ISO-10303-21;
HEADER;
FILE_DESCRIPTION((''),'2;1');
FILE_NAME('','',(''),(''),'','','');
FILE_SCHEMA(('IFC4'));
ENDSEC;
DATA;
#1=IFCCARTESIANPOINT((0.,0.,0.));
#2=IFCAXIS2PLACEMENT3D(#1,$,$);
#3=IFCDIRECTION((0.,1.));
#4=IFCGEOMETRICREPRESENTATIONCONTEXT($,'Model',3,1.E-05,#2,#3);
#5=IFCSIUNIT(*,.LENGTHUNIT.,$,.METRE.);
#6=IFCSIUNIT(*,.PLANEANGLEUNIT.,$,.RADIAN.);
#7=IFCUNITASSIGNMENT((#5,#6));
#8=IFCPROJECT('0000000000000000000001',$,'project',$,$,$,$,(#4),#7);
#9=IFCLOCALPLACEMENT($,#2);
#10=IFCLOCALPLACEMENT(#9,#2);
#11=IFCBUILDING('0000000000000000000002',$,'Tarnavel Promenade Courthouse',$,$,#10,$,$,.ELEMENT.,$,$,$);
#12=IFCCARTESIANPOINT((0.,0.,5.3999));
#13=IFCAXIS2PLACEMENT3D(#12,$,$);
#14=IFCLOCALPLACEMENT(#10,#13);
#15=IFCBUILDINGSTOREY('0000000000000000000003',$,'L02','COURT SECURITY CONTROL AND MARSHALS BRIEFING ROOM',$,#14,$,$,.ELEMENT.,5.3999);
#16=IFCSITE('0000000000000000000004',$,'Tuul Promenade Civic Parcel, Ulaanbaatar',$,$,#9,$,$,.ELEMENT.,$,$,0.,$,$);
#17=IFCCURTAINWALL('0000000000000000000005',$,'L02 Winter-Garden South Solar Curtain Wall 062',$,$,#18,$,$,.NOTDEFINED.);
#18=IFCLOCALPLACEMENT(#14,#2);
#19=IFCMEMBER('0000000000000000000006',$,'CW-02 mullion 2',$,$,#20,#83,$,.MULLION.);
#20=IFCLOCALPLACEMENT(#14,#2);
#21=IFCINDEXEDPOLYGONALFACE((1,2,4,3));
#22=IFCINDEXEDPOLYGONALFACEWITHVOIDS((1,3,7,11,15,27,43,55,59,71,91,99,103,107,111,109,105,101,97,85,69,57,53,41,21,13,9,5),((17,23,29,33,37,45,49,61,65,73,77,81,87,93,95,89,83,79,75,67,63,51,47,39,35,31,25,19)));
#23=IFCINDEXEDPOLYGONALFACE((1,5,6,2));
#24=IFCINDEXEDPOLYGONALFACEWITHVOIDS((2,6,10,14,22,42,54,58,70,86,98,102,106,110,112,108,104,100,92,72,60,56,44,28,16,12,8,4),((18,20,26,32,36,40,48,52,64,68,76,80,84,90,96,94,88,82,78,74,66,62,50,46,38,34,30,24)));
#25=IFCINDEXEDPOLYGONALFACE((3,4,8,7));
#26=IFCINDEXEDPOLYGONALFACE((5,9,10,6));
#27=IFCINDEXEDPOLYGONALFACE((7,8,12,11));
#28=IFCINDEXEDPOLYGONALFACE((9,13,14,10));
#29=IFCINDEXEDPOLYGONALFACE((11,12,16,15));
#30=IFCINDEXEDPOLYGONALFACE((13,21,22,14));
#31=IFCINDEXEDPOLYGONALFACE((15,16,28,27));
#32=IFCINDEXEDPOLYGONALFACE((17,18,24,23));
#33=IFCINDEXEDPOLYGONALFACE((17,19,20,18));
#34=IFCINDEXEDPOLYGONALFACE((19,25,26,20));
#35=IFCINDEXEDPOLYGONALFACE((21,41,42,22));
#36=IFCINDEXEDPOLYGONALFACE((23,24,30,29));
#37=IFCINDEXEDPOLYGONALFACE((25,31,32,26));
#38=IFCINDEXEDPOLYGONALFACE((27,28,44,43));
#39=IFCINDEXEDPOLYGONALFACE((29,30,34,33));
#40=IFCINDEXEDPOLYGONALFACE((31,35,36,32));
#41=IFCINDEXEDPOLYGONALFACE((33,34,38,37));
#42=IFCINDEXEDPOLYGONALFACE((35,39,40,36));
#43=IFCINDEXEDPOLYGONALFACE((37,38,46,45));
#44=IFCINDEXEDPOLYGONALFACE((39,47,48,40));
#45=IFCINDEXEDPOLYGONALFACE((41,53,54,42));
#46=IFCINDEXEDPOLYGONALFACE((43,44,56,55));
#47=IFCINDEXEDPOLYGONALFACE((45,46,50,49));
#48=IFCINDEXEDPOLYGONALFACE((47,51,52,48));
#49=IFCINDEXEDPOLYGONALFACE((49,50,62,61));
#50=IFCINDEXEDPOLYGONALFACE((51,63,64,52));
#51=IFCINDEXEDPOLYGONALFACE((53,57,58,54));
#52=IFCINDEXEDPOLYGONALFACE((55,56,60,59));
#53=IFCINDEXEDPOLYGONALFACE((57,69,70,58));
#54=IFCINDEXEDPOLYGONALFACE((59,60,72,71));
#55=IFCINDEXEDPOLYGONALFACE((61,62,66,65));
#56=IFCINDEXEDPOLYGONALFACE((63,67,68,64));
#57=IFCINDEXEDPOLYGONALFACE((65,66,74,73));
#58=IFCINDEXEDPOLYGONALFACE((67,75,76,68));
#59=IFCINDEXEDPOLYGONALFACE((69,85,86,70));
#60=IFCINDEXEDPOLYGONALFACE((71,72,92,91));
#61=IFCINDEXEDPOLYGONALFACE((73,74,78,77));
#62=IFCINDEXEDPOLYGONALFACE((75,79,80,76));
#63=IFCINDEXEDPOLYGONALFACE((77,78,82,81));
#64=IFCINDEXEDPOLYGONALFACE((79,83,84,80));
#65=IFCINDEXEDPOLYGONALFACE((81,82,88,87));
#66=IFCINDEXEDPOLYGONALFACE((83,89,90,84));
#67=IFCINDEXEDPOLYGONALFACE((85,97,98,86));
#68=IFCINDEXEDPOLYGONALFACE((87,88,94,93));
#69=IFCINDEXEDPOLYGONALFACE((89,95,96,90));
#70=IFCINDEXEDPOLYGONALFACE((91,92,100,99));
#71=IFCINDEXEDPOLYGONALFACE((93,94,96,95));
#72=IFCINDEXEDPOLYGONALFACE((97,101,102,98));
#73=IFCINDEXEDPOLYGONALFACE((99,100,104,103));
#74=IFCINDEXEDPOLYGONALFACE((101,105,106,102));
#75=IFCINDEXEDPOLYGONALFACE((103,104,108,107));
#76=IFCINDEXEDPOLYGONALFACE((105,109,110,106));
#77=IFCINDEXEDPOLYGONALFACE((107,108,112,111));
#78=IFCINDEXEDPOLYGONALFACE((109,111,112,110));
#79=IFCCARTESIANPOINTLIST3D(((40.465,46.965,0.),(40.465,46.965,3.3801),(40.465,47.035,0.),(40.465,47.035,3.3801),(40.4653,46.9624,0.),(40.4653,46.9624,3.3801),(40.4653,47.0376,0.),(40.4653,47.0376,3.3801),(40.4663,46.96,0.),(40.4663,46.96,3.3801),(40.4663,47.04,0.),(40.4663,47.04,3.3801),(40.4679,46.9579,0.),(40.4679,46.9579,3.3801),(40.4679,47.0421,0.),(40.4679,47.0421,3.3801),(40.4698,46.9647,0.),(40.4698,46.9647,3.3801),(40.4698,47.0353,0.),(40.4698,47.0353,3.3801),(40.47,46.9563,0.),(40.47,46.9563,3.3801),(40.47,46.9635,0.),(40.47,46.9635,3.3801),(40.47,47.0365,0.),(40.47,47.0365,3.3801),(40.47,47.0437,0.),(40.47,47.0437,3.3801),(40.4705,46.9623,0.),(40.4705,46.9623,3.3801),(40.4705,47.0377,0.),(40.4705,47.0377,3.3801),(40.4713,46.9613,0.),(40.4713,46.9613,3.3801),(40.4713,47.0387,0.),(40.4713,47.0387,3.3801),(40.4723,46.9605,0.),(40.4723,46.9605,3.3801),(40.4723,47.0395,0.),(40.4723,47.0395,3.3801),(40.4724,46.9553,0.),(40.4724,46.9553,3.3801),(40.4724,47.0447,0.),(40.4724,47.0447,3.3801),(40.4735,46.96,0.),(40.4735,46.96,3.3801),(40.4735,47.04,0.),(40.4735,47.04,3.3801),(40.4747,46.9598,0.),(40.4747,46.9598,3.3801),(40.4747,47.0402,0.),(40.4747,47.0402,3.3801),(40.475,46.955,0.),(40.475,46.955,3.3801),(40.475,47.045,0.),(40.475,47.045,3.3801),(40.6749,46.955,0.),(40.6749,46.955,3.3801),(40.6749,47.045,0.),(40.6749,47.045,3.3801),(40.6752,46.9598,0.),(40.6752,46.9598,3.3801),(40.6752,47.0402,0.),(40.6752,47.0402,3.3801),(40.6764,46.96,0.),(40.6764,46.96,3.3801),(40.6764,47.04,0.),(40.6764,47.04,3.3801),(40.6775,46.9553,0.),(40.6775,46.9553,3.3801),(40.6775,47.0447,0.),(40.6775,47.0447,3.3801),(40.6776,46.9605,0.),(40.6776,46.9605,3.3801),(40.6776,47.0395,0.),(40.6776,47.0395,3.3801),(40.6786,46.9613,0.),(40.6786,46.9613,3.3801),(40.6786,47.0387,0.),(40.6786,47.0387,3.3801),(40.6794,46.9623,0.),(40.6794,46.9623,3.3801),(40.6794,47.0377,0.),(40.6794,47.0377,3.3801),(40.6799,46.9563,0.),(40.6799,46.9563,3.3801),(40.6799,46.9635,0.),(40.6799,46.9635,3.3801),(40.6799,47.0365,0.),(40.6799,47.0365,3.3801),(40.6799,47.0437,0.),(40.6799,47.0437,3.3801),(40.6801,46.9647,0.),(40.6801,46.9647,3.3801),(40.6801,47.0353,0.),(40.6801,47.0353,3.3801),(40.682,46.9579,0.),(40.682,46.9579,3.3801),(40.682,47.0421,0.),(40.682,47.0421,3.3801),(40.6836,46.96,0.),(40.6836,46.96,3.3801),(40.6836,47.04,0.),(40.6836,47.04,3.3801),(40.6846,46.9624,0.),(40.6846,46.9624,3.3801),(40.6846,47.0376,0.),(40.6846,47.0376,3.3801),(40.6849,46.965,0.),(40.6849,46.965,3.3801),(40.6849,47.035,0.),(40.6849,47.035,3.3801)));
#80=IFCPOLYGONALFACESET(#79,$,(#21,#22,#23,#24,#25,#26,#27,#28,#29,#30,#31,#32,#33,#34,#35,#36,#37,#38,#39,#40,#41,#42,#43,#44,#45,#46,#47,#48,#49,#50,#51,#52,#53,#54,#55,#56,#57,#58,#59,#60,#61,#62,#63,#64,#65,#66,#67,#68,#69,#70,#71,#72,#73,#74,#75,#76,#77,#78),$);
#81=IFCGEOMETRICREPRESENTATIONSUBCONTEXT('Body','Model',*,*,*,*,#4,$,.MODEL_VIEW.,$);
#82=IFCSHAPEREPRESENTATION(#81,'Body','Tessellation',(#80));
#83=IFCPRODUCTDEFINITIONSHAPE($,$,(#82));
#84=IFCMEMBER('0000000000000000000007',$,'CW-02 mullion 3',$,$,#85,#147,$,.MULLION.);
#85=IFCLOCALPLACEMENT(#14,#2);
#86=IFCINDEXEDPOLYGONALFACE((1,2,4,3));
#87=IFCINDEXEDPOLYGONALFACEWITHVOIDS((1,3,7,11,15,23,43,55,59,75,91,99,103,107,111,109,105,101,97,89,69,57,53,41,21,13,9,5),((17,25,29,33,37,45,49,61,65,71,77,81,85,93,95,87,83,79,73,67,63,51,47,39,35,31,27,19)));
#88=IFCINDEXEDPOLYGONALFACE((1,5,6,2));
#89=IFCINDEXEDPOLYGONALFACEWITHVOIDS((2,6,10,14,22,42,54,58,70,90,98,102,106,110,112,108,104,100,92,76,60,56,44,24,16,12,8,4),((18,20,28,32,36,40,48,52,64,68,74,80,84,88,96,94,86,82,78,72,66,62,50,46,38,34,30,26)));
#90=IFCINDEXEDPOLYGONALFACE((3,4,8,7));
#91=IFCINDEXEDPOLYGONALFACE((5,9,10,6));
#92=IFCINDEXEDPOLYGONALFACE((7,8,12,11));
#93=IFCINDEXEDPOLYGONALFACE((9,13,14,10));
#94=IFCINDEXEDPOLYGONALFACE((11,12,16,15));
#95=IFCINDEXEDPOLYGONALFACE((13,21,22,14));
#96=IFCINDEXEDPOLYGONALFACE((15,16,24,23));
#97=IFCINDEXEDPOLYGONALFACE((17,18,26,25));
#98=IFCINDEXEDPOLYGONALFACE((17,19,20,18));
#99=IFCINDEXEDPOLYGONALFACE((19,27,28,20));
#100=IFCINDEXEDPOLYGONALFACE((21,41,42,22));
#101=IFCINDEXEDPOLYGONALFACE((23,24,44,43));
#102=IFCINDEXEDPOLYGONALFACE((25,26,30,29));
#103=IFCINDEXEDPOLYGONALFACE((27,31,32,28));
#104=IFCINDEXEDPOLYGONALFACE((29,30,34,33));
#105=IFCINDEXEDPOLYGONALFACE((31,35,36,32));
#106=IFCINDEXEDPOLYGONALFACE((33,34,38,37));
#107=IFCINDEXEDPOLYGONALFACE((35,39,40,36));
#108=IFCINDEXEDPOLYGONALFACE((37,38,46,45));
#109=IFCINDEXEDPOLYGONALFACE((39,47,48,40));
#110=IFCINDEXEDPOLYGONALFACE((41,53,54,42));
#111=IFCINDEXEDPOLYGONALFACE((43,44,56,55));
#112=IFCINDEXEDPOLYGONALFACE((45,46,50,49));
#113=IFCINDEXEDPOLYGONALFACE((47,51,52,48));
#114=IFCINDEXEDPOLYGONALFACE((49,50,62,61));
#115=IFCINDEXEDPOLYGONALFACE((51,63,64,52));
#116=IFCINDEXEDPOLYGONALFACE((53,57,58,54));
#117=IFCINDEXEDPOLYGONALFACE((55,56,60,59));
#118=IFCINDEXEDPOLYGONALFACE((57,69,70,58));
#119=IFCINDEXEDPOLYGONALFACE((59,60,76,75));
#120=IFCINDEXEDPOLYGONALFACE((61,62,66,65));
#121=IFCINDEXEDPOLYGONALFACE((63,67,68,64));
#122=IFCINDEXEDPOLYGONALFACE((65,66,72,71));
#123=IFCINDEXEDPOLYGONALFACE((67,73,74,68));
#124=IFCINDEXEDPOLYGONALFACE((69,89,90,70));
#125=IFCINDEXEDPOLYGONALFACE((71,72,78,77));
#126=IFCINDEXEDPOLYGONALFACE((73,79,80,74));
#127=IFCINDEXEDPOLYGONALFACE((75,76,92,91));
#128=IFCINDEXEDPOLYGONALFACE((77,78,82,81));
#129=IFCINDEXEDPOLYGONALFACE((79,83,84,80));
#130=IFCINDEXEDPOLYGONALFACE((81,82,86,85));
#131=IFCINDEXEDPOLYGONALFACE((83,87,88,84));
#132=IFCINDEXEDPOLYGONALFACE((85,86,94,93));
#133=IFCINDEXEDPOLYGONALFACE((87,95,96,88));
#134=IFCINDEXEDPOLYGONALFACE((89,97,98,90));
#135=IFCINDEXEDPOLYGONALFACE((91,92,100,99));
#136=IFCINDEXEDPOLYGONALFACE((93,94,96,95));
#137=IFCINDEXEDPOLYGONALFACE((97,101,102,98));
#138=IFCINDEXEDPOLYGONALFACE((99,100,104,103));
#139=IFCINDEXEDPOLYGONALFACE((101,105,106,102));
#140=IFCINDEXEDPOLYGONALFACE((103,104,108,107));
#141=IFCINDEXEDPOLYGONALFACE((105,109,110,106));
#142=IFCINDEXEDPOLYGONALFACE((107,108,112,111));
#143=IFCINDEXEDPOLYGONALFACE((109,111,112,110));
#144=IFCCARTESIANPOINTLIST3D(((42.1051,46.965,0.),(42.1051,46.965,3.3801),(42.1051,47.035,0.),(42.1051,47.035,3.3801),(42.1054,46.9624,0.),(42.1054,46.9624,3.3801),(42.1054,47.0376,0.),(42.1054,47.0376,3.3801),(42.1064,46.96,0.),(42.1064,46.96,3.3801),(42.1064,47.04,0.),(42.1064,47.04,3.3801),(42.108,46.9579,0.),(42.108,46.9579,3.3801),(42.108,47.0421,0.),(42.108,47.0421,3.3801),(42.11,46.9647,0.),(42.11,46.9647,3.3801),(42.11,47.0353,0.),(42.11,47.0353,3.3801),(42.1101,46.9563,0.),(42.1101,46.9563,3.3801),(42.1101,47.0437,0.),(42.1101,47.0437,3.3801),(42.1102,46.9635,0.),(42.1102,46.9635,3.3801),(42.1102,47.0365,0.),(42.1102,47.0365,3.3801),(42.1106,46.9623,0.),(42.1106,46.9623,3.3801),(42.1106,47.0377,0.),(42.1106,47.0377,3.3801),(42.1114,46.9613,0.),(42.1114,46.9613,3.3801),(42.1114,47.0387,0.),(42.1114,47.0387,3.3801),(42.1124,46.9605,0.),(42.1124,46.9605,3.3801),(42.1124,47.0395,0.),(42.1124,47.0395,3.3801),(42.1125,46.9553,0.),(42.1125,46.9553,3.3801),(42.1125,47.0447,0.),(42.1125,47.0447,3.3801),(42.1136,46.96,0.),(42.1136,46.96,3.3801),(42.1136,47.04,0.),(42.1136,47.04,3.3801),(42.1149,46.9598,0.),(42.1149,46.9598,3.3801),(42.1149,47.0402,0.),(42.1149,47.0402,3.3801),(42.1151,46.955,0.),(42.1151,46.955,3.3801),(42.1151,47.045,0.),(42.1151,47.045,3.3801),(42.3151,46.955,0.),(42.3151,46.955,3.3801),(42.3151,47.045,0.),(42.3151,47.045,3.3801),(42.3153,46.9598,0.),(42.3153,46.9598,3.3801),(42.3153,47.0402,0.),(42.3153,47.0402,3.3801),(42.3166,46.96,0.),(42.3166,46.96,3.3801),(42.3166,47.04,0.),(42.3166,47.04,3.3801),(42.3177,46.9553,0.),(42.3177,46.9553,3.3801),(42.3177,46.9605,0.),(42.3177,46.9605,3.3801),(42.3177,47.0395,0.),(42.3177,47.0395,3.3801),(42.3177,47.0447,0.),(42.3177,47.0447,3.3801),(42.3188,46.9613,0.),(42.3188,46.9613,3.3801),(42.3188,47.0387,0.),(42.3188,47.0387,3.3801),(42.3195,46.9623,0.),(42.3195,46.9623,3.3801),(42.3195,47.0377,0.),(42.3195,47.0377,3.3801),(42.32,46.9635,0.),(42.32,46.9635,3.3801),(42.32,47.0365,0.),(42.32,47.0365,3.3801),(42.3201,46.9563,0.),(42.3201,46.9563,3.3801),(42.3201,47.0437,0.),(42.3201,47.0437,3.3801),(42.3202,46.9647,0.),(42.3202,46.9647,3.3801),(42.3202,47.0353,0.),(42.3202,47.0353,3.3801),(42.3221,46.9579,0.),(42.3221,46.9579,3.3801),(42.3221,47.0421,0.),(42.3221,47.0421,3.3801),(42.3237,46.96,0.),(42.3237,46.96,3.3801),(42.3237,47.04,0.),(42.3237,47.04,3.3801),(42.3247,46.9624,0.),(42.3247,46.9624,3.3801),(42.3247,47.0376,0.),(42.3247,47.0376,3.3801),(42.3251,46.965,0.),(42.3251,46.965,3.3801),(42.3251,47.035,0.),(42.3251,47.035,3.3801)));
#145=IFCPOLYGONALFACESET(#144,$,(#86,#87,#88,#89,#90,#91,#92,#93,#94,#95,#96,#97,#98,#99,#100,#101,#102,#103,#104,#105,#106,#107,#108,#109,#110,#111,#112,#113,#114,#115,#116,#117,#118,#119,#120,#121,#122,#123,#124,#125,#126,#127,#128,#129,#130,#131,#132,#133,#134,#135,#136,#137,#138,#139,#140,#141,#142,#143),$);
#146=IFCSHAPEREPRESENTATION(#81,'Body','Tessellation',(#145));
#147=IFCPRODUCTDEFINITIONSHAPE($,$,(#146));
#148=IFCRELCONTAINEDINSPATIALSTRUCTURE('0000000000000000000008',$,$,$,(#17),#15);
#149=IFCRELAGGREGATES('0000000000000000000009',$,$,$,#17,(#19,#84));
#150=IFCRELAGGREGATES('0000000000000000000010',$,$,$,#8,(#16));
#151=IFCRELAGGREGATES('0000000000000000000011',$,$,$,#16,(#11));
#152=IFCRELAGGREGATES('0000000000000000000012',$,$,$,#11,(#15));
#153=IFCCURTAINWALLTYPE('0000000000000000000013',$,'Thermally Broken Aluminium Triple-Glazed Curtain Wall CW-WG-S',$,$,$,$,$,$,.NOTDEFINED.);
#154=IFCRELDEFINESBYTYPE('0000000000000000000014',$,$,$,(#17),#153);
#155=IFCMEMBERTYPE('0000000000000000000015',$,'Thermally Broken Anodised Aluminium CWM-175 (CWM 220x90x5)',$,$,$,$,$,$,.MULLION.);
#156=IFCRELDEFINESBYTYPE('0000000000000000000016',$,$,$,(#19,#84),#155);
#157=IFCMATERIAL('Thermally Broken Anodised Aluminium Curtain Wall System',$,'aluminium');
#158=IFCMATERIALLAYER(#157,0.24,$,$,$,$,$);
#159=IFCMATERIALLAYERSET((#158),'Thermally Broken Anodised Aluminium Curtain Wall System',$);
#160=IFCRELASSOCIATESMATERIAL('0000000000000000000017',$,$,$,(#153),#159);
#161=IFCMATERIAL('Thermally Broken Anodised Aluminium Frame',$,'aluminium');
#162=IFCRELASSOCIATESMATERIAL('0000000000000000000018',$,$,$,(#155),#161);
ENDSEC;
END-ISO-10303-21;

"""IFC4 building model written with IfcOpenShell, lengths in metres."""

from ifc_helpers import new_model, si_unit, direction, frame, origin, origin_2d, place, context, subcontext, project, spatial, hollow_rectangle, extrude, material, layer, layer_set, material_profile, profile_set, type_object, element, aggregate, save


model = new_model("IFC4")

# Units and contexts
model_context = context("Model", 3, precision=1e-05, world=origin(), true_north=direction((0.0, 1.0)))
body_context = subcontext(model_context, "Body", "Model", "MODEL_VIEW")
ifc_project = project(units=[si_unit("LENGTHUNIT", "METRE"), si_unit("PLANEANGLEUNIT", "RADIAN")], contexts=[model_context])

# Site, building, storey
site_placement = place(None, origin())
site = spatial("IfcSite", under=ifc_project, at=site_placement, Name="Tuul Promenade Civic Parcel, Ulaanbaatar", CompositionType="ELEMENT", RefElevation=0.0)
building_placement = place(site_placement, origin())
building = spatial("IfcBuilding", under=site, at=building_placement, Name="Tarnavel Promenade Courthouse", CompositionType="ELEMENT")
storey_placement = place(building_placement, frame((0.0, 0.0, 5.3999)))
storey = spatial("IfcBuildingStorey", under=building, at=storey_placement, Name="L02", Description="COURT SECURITY CONTROL AND MARSHALS BRIEFING ROOM", CompositionType="ELEMENT", Elevation=5.3999)

# Curtain wall, members
ifc_material_1 = material(Name="Thermally Broken Anodised Aluminium Curtain Wall System", Category="aluminium")
ifc_layer_1 = layer(ifc_material_1, 0.24)
ifc_layer_set_1 = layer_set([ifc_layer_1], Name="Thermally Broken Anodised Aluminium Curtain Wall System")
curtain_wall_type = type_object("IfcCurtainWallType", Name="Thermally Broken Aluminium Triple-Glazed Curtain Wall CW-WG-S", PredefinedType="NOTDEFINED", material=ifc_layer_set_1)
curtain_wall_1_placement = place(storey_placement, origin())
curtain_wall_1 = element("IfcCurtainWall", 1, at=curtain_wall_1_placement, inside=storey, type_object=curtain_wall_type, Name="L02 Winter-Garden South Solar Curtain Wall 062", PredefinedType="NOTDEFINED")
ifc_material_2 = material(Name="Thermally Broken Anodised Aluminium Frame", Category="aluminium")
ifc_material_profile_1 = material_profile(ifc_material_2, hollow_rectangle(XDim=0.0901, YDim=0.22, WallThickness=0.0049, InnerFilletRadius=0.0049, OuterFilletRadius=0.01, at=origin_2d()), Name="CWM 220x90x5")
ifc_profile_set_1 = profile_set([ifc_material_profile_1], Name="Thermally Broken Anodised Aluminium Frame")
member_type_1 = type_object("IfcMemberType", Name="Thermally Broken Anodised Aluminium CWM-175 (CWM 220x90x5)", PredefinedType="MULLION", material=ifc_profile_set_1)
member_1_placement = place(storey_placement, frame((40.575, 47.0, 0.0), z_axis=(0.0, 0.0, 1.0), x_axis=(0.0, 1.0, 0.0)))
member_1 = element("IfcMember", 2, at=member_1_placement, type_object=member_type_1, Name="CW-02 mullion 2", PredefinedType="MULLION", context=body_context, shape_type="SweptSolid", body=[
    extrude(hollow_rectangle(XDim=0.0901, YDim=0.22, WallThickness=0.0049, InnerFilletRadius=0.0049, OuterFilletRadius=0.01, at=origin_2d()), origin(), (0.0, 0.0, 1.0), 3.3801),
])
member_2_placement = place(storey_placement, frame((42.2151, 47.0, 0.0), z_axis=(0.0, 0.0, 1.0), x_axis=(0.0, 1.0, 0.0)))
member_2 = element("IfcMember", 3, at=member_2_placement, type_object=member_type_1, Name="CW-02 mullion 3", PredefinedType="MULLION", context=body_context, shape_type="SweptSolid", body=[
    extrude(hollow_rectangle(XDim=0.0901, YDim=0.22, WallThickness=0.0049, InnerFilletRadius=0.0049, OuterFilletRadius=0.01, at=origin_2d()), origin(), (0.0, 0.0, 1.0), 3.3801),
])

aggregate(curtain_wall_1, [member_1, member_2])

save(model, "model.ifc")
